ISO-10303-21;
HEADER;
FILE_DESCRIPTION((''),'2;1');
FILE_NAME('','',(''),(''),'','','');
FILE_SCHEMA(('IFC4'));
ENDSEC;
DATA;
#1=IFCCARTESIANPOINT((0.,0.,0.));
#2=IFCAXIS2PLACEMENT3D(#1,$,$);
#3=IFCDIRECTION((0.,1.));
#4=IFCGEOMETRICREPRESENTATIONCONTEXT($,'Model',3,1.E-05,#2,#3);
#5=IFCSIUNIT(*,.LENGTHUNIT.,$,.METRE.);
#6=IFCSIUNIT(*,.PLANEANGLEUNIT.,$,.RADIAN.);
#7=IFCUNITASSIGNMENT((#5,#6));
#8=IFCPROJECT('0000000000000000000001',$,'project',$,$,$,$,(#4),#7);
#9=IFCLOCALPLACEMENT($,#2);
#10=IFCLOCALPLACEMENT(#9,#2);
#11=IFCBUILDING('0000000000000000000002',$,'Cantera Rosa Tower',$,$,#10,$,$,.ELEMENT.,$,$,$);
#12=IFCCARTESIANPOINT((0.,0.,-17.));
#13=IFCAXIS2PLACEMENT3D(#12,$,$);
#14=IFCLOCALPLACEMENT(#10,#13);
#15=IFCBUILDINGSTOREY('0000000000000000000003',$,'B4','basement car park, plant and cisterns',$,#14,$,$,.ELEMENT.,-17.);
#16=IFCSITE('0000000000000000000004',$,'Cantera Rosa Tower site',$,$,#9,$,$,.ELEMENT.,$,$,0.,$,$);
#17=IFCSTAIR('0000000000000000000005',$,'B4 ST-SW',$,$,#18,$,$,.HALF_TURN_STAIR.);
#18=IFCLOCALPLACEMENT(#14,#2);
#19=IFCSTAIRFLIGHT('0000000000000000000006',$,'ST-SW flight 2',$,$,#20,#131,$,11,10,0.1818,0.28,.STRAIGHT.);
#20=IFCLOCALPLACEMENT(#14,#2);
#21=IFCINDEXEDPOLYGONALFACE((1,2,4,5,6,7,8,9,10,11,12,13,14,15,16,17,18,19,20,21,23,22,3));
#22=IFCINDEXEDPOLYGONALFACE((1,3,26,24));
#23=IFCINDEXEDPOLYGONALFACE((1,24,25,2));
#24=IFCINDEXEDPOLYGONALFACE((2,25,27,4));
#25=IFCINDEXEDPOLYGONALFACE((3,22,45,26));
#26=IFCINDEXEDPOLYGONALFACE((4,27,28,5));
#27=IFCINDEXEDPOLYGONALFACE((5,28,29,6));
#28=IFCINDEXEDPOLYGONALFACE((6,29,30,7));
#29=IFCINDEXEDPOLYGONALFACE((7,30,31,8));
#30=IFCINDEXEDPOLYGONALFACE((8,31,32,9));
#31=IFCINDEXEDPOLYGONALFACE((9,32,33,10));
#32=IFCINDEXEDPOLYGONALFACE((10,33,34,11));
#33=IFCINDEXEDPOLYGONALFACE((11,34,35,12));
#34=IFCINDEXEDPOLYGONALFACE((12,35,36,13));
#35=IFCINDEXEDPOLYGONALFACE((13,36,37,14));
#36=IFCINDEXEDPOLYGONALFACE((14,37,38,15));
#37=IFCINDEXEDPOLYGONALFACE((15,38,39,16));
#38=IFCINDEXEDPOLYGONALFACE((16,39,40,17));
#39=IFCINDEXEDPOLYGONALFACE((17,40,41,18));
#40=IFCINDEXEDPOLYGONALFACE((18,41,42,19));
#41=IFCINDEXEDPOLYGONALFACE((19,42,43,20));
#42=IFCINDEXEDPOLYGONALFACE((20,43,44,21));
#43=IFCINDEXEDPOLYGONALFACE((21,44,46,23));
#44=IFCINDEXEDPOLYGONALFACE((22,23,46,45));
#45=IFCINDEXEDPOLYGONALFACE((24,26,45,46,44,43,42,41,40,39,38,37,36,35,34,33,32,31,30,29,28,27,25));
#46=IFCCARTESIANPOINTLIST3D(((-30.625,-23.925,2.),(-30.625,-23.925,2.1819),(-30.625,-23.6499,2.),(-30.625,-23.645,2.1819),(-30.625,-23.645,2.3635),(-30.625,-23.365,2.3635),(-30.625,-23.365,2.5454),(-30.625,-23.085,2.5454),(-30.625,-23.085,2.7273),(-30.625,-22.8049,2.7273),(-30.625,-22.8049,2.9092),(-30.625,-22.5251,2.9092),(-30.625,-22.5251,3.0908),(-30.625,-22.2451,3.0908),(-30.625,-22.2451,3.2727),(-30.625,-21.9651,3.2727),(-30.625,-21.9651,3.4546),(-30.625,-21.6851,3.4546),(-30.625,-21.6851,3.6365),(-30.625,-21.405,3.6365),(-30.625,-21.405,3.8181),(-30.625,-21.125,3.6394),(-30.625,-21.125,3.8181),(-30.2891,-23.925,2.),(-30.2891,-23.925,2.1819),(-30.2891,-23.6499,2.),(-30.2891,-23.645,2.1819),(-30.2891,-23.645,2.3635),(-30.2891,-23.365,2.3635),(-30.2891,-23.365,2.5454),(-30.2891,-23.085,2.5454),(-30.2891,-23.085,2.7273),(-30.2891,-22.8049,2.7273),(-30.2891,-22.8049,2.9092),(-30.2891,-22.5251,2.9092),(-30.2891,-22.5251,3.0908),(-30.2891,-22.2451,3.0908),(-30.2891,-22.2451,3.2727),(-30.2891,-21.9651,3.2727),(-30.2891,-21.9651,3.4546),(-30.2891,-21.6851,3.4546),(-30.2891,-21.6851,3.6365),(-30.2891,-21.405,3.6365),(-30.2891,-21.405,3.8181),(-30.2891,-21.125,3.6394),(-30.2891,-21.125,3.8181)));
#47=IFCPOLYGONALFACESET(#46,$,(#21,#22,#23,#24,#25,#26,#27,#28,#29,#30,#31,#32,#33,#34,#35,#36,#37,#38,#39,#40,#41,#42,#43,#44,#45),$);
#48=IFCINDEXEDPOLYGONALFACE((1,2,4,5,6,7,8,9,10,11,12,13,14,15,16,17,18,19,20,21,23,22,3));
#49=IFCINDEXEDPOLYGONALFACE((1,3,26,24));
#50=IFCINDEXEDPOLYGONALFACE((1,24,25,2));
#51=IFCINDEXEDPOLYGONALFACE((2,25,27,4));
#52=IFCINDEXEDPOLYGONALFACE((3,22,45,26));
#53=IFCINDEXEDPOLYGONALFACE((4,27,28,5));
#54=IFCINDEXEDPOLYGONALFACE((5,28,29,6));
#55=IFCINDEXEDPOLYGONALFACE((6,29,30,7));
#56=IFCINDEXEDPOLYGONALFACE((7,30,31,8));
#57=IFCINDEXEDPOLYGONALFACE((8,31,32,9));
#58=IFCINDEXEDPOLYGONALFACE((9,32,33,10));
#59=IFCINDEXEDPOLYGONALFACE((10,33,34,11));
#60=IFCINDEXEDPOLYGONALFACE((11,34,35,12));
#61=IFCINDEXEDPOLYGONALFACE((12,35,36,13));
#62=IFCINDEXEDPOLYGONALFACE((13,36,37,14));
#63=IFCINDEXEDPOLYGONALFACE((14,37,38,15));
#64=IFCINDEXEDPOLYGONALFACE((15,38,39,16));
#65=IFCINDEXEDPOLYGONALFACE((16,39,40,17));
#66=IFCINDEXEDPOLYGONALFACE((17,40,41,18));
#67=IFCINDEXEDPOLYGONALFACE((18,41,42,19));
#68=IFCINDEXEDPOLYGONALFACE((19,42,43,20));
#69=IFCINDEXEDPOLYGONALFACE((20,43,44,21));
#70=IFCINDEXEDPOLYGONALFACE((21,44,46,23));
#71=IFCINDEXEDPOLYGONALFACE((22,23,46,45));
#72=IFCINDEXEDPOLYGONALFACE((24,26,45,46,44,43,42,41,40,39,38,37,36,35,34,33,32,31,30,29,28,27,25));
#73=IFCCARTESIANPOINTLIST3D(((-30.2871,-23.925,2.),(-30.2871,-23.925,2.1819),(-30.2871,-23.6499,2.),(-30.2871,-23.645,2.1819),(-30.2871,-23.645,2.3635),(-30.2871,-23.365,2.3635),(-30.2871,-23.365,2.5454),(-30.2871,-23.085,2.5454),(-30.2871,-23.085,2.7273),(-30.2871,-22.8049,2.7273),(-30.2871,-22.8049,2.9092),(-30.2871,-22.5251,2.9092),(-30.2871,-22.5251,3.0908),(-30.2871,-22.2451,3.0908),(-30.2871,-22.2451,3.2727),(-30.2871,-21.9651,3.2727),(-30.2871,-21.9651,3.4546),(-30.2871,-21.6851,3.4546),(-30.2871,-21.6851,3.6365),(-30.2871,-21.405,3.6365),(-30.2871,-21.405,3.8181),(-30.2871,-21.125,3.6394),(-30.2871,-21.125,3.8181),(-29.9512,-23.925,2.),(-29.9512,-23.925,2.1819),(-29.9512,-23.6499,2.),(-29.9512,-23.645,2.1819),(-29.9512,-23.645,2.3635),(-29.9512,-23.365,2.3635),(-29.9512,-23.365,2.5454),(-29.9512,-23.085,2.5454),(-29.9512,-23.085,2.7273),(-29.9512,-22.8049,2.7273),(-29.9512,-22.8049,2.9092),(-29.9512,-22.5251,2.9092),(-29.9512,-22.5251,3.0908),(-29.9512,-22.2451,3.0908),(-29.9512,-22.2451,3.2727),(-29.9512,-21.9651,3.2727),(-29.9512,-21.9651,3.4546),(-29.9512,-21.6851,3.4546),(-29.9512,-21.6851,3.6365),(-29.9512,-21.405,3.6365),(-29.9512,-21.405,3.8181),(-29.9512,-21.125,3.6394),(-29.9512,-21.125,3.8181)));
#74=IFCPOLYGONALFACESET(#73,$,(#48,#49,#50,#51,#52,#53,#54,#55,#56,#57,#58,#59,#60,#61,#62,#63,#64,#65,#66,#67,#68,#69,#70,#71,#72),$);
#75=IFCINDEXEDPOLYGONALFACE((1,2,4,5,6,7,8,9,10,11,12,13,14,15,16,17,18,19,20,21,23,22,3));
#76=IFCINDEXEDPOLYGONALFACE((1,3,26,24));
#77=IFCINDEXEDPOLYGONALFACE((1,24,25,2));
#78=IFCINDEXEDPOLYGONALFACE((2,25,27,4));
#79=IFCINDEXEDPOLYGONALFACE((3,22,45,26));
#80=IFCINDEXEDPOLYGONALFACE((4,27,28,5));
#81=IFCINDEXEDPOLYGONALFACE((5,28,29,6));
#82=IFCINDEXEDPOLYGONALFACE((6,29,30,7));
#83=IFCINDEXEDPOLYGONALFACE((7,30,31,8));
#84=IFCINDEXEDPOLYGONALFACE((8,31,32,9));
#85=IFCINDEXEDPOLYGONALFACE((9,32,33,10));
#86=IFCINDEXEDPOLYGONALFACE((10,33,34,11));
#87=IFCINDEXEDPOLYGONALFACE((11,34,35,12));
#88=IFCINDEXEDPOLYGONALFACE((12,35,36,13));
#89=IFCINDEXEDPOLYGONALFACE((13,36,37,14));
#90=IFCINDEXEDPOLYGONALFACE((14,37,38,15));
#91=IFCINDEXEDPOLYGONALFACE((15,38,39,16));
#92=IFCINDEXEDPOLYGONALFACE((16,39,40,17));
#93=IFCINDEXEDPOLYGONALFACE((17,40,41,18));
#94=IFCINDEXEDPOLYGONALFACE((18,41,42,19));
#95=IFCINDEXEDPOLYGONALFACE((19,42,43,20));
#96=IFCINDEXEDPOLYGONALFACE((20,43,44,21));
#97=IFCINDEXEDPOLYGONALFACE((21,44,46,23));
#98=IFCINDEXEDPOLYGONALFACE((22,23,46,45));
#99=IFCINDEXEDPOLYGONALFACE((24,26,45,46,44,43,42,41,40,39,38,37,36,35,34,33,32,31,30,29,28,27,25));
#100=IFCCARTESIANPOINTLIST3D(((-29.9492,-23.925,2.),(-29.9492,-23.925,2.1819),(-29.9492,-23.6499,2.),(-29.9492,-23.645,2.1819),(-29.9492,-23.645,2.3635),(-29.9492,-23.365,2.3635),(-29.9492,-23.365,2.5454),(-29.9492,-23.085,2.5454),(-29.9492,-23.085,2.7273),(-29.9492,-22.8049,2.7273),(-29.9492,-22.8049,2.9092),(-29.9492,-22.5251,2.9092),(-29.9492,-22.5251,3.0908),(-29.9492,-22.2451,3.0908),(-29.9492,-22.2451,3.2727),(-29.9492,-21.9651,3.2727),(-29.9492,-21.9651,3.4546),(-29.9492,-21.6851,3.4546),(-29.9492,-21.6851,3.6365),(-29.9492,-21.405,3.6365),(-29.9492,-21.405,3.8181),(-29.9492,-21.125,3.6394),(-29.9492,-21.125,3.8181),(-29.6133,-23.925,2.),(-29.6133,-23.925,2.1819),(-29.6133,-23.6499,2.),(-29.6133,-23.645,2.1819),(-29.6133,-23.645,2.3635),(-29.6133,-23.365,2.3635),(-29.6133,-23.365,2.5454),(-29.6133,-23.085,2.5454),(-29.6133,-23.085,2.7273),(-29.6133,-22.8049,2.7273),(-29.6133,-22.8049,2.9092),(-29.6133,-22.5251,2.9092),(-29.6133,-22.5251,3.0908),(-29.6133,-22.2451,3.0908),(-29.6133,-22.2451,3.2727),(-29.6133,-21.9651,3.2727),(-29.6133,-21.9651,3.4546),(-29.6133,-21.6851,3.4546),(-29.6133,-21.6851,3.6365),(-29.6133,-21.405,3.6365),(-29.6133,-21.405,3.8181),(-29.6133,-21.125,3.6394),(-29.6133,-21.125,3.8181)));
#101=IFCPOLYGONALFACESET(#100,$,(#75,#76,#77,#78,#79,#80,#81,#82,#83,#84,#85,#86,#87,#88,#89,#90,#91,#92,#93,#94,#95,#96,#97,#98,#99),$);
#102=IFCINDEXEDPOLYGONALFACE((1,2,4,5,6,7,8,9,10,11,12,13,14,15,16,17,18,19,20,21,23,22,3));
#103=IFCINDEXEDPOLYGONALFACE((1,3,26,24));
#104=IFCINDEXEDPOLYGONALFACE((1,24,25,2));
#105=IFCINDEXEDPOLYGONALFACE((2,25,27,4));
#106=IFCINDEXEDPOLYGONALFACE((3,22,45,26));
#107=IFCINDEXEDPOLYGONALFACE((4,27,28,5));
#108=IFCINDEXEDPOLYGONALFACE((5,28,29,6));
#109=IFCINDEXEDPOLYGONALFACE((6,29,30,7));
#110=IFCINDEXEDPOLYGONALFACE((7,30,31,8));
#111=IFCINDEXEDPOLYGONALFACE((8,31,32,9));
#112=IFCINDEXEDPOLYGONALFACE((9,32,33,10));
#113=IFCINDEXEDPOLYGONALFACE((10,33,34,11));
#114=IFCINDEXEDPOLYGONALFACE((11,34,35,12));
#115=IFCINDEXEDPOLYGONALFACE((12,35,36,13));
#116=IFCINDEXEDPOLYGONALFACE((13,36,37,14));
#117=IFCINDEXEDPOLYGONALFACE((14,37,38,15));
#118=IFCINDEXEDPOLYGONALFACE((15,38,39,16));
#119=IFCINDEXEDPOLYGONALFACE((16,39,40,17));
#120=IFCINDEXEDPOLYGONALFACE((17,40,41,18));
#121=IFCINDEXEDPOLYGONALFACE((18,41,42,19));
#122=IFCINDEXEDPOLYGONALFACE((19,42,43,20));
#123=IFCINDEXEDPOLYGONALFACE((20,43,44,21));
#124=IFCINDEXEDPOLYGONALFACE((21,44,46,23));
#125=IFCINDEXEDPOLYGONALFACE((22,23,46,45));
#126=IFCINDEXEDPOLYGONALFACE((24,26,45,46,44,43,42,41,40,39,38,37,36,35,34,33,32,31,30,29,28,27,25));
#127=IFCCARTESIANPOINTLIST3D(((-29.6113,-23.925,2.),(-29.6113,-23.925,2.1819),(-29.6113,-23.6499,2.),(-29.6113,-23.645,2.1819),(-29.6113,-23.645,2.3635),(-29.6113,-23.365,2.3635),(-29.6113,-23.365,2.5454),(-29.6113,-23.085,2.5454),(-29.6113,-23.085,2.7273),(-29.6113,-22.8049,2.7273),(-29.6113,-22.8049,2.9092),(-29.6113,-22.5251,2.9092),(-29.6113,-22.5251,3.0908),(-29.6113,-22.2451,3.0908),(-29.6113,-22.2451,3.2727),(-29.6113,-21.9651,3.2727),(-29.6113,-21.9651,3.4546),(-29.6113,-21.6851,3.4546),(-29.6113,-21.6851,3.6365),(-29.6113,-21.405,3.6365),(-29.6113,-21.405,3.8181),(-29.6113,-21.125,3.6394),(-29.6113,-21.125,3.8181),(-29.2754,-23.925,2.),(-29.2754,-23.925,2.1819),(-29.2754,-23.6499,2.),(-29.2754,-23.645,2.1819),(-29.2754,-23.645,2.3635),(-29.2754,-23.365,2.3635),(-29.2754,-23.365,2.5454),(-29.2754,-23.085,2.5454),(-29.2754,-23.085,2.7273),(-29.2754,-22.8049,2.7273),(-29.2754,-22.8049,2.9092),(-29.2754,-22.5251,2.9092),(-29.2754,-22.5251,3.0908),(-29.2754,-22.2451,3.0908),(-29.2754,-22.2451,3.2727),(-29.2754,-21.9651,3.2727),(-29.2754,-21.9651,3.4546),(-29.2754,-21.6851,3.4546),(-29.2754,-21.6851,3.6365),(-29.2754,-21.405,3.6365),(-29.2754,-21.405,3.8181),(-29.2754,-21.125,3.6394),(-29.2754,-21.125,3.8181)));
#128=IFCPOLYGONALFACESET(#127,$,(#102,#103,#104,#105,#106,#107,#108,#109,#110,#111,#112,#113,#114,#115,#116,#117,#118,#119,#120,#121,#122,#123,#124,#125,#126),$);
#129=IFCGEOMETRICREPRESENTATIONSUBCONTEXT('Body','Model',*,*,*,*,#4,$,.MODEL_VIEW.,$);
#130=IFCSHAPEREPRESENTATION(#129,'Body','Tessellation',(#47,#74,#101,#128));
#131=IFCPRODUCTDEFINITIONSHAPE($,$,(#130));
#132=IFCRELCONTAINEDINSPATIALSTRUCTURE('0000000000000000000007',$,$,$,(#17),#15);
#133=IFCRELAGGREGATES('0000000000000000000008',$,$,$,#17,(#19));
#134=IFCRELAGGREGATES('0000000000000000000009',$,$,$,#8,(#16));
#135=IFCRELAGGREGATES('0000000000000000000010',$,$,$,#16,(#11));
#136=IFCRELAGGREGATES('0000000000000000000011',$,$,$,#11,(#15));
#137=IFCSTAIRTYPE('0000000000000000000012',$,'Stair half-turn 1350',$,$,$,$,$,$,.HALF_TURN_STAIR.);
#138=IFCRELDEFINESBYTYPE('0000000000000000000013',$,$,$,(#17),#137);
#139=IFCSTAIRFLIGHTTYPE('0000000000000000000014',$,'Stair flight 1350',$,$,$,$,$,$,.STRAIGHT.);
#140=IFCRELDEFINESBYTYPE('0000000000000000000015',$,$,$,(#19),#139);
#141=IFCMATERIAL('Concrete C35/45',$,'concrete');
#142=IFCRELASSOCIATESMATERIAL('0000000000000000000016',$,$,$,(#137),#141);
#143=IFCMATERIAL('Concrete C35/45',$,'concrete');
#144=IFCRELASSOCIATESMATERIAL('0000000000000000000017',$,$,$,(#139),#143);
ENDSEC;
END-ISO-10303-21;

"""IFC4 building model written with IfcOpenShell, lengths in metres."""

from ifc_helpers import new_model, si_unit, direction, frame, origin, place, context, subcontext, project, spatial, polyline, outline, extrude, material, type_object, element, aggregate, save


model = new_model("IFC4")

# Units and contexts
model_context = context("Model", 3, precision=1e-05, world=origin(), true_north=direction((0.0, 1.0)))
body_context = subcontext(model_context, "Body", "Model", "MODEL_VIEW")
ifc_project = project(units=[si_unit("LENGTHUNIT", "METRE"), si_unit("PLANEANGLEUNIT", "RADIAN")], contexts=[model_context])

# Site, building, storey
site_placement = place(None, origin())
site = spatial("IfcSite", under=ifc_project, at=site_placement, Name="Cantera Rosa Tower site", CompositionType="ELEMENT", RefElevation=0.0)
building_placement = place(site_placement, origin())
building = spatial("IfcBuilding", under=site, at=building_placement, Name="Cantera Rosa Tower", CompositionType="ELEMENT")
storey_placement = place(building_placement, frame((0.0, 0.0, -17.0)))
storey = spatial("IfcBuildingStorey", under=building, at=storey_placement, Name="B4", Description="basement car park, plant and cisterns", CompositionType="ELEMENT", Elevation=-17.0)

# Stair, stair flight
ifc_material_1 = material(Name="Concrete C35/45", Category="concrete")
stair_type = type_object("IfcStairType", Name="Stair half-turn 1350", PredefinedType="HALF_TURN_STAIR", material=ifc_material_1)
stair_placement = place(storey_placement, origin())
stair = element("IfcStair", 1, at=stair_placement, inside=storey, type_object=stair_type, Name="B4 ST-SW", PredefinedType="HALF_TURN_STAIR")
ifc_material_2 = material(Name="Concrete C35/45", Category="concrete")
stair_flight_type = type_object("IfcStairFlightType", Name="Stair flight 1350", PredefinedType="STRAIGHT", material=ifc_material_2)
stair_flight_1_placement = place(storey_placement, frame((-29.95, -23.925, 2.0), z_axis=(0.0, 0.0, 1.0), x_axis=(0.0, 1.0, 0.0)))
stair_flight_1 = element("IfcStairFlight", 2, at=stair_flight_1_placement, type_object=stair_flight_type, Name="ST-SW flight 2", NumberOfRisers=11, NumberOfTreads=10, PredefinedType="STRAIGHT", RiserHeight=0.1818, TreadLength=0.28, context=body_context, shape_type="SweptSolid", body=[
    extrude(outline(polyline([(0.0, 0.0), (0.0, 0.1819), (0.28, 0.1819), (0.28, 0.3635), (0.5601, 0.3635), (0.5601, 0.5454), (0.8401, 0.5454), (0.8401, 0.7273), (1.1201, 0.7273), (1.1201, 0.9092), (1.3999, 0.9092), (1.3999, 1.0908), (1.6799, 1.0908), (1.6799, 1.2727), (1.96, 1.2727), (1.96, 1.4546), (2.24, 1.4546), (2.24, 1.6365), (2.52, 1.6365), (2.52, 1.8181), (2.8, 1.8181), (2.8, 2.0), (2.8, 1.6394), (0.2751, 0.0), (0.0, 0.0)])), frame((0.0, 0.675, 0.0), z_axis=(0.0, -1.0, 0.0), x_axis=(1.0, 0.0, 0.0)), (0.0, 0.0, 1.0), 0.3359),
    extrude(outline(polyline([(0.0, 0.0), (0.0, 0.1819), (0.28, 0.1819), (0.28, 0.3635), (0.5601, 0.3635), (0.5601, 0.5454), (0.8401, 0.5454), (0.8401, 0.7273), (1.1201, 0.7273), (1.1201, 0.9092), (1.3999, 0.9092), (1.3999, 1.0908), (1.6799, 1.0908), (1.6799, 1.2727), (1.96, 1.2727), (1.96, 1.4546), (2.24, 1.4546), (2.24, 1.6365), (2.52, 1.6365), (2.52, 1.8181), (2.8, 1.8181), (2.8, 2.0), (2.8, 1.6394), (0.2751, 0.0), (0.0, 0.0)])), frame((0.0, 0.3372, 0.0), z_axis=(0.0, -1.0, 0.0), x_axis=(1.0, 0.0, 0.0)), (0.0, 0.0, 1.0), 0.3359),
    extrude(outline(polyline([(0.0, 0.0), (0.0, 0.1819), (0.28, 0.1819), (0.28, 0.3635), (0.5601, 0.3635), (0.5601, 0.5454), (0.8401, 0.5454), (0.8401, 0.7273), (1.1201, 0.7273), (1.1201, 0.9092), (1.3999, 0.9092), (1.3999, 1.0908), (1.6799, 1.0908), (1.6799, 1.2727), (1.96, 1.2727), (1.96, 1.4546), (2.24, 1.4546), (2.24, 1.6365), (2.52, 1.6365), (2.52, 1.8181), (2.8, 1.8181), (2.8, 2.0), (2.8, 1.6394), (0.2751, 0.0), (0.0, 0.0)])), frame((0.0, -0.0007, 0.0), z_axis=(0.0, -1.0, 0.0), x_axis=(1.0, 0.0, 0.0)), (0.0, 0.0, 1.0), 0.3359),
    extrude(outline(polyline([(0.0, 0.0), (0.0, 0.1819), (0.28, 0.1819), (0.28, 0.3635), (0.5601, 0.3635), (0.5601, 0.5454), (0.8401, 0.5454), (0.8401, 0.7273), (1.1201, 0.7273), (1.1201, 0.9092), (1.3999, 0.9092), (1.3999, 1.0908), (1.6799, 1.0908), (1.6799, 1.2727), (1.96, 1.2727), (1.96, 1.4546), (2.24, 1.4546), (2.24, 1.6365), (2.52, 1.6365), (2.52, 1.8181), (2.8, 1.8181), (2.8, 2.0), (2.8, 1.6394), (0.2751, 0.0), (0.0, 0.0)])), frame((0.0, -0.3386, 0.0), z_axis=(0.0, -1.0, 0.0), x_axis=(1.0, 0.0, 0.0)), (0.0, 0.0, 1.0), 0.3359),
])
aggregate(stair, [stair_flight_1])

save(model, "model.ifc")
